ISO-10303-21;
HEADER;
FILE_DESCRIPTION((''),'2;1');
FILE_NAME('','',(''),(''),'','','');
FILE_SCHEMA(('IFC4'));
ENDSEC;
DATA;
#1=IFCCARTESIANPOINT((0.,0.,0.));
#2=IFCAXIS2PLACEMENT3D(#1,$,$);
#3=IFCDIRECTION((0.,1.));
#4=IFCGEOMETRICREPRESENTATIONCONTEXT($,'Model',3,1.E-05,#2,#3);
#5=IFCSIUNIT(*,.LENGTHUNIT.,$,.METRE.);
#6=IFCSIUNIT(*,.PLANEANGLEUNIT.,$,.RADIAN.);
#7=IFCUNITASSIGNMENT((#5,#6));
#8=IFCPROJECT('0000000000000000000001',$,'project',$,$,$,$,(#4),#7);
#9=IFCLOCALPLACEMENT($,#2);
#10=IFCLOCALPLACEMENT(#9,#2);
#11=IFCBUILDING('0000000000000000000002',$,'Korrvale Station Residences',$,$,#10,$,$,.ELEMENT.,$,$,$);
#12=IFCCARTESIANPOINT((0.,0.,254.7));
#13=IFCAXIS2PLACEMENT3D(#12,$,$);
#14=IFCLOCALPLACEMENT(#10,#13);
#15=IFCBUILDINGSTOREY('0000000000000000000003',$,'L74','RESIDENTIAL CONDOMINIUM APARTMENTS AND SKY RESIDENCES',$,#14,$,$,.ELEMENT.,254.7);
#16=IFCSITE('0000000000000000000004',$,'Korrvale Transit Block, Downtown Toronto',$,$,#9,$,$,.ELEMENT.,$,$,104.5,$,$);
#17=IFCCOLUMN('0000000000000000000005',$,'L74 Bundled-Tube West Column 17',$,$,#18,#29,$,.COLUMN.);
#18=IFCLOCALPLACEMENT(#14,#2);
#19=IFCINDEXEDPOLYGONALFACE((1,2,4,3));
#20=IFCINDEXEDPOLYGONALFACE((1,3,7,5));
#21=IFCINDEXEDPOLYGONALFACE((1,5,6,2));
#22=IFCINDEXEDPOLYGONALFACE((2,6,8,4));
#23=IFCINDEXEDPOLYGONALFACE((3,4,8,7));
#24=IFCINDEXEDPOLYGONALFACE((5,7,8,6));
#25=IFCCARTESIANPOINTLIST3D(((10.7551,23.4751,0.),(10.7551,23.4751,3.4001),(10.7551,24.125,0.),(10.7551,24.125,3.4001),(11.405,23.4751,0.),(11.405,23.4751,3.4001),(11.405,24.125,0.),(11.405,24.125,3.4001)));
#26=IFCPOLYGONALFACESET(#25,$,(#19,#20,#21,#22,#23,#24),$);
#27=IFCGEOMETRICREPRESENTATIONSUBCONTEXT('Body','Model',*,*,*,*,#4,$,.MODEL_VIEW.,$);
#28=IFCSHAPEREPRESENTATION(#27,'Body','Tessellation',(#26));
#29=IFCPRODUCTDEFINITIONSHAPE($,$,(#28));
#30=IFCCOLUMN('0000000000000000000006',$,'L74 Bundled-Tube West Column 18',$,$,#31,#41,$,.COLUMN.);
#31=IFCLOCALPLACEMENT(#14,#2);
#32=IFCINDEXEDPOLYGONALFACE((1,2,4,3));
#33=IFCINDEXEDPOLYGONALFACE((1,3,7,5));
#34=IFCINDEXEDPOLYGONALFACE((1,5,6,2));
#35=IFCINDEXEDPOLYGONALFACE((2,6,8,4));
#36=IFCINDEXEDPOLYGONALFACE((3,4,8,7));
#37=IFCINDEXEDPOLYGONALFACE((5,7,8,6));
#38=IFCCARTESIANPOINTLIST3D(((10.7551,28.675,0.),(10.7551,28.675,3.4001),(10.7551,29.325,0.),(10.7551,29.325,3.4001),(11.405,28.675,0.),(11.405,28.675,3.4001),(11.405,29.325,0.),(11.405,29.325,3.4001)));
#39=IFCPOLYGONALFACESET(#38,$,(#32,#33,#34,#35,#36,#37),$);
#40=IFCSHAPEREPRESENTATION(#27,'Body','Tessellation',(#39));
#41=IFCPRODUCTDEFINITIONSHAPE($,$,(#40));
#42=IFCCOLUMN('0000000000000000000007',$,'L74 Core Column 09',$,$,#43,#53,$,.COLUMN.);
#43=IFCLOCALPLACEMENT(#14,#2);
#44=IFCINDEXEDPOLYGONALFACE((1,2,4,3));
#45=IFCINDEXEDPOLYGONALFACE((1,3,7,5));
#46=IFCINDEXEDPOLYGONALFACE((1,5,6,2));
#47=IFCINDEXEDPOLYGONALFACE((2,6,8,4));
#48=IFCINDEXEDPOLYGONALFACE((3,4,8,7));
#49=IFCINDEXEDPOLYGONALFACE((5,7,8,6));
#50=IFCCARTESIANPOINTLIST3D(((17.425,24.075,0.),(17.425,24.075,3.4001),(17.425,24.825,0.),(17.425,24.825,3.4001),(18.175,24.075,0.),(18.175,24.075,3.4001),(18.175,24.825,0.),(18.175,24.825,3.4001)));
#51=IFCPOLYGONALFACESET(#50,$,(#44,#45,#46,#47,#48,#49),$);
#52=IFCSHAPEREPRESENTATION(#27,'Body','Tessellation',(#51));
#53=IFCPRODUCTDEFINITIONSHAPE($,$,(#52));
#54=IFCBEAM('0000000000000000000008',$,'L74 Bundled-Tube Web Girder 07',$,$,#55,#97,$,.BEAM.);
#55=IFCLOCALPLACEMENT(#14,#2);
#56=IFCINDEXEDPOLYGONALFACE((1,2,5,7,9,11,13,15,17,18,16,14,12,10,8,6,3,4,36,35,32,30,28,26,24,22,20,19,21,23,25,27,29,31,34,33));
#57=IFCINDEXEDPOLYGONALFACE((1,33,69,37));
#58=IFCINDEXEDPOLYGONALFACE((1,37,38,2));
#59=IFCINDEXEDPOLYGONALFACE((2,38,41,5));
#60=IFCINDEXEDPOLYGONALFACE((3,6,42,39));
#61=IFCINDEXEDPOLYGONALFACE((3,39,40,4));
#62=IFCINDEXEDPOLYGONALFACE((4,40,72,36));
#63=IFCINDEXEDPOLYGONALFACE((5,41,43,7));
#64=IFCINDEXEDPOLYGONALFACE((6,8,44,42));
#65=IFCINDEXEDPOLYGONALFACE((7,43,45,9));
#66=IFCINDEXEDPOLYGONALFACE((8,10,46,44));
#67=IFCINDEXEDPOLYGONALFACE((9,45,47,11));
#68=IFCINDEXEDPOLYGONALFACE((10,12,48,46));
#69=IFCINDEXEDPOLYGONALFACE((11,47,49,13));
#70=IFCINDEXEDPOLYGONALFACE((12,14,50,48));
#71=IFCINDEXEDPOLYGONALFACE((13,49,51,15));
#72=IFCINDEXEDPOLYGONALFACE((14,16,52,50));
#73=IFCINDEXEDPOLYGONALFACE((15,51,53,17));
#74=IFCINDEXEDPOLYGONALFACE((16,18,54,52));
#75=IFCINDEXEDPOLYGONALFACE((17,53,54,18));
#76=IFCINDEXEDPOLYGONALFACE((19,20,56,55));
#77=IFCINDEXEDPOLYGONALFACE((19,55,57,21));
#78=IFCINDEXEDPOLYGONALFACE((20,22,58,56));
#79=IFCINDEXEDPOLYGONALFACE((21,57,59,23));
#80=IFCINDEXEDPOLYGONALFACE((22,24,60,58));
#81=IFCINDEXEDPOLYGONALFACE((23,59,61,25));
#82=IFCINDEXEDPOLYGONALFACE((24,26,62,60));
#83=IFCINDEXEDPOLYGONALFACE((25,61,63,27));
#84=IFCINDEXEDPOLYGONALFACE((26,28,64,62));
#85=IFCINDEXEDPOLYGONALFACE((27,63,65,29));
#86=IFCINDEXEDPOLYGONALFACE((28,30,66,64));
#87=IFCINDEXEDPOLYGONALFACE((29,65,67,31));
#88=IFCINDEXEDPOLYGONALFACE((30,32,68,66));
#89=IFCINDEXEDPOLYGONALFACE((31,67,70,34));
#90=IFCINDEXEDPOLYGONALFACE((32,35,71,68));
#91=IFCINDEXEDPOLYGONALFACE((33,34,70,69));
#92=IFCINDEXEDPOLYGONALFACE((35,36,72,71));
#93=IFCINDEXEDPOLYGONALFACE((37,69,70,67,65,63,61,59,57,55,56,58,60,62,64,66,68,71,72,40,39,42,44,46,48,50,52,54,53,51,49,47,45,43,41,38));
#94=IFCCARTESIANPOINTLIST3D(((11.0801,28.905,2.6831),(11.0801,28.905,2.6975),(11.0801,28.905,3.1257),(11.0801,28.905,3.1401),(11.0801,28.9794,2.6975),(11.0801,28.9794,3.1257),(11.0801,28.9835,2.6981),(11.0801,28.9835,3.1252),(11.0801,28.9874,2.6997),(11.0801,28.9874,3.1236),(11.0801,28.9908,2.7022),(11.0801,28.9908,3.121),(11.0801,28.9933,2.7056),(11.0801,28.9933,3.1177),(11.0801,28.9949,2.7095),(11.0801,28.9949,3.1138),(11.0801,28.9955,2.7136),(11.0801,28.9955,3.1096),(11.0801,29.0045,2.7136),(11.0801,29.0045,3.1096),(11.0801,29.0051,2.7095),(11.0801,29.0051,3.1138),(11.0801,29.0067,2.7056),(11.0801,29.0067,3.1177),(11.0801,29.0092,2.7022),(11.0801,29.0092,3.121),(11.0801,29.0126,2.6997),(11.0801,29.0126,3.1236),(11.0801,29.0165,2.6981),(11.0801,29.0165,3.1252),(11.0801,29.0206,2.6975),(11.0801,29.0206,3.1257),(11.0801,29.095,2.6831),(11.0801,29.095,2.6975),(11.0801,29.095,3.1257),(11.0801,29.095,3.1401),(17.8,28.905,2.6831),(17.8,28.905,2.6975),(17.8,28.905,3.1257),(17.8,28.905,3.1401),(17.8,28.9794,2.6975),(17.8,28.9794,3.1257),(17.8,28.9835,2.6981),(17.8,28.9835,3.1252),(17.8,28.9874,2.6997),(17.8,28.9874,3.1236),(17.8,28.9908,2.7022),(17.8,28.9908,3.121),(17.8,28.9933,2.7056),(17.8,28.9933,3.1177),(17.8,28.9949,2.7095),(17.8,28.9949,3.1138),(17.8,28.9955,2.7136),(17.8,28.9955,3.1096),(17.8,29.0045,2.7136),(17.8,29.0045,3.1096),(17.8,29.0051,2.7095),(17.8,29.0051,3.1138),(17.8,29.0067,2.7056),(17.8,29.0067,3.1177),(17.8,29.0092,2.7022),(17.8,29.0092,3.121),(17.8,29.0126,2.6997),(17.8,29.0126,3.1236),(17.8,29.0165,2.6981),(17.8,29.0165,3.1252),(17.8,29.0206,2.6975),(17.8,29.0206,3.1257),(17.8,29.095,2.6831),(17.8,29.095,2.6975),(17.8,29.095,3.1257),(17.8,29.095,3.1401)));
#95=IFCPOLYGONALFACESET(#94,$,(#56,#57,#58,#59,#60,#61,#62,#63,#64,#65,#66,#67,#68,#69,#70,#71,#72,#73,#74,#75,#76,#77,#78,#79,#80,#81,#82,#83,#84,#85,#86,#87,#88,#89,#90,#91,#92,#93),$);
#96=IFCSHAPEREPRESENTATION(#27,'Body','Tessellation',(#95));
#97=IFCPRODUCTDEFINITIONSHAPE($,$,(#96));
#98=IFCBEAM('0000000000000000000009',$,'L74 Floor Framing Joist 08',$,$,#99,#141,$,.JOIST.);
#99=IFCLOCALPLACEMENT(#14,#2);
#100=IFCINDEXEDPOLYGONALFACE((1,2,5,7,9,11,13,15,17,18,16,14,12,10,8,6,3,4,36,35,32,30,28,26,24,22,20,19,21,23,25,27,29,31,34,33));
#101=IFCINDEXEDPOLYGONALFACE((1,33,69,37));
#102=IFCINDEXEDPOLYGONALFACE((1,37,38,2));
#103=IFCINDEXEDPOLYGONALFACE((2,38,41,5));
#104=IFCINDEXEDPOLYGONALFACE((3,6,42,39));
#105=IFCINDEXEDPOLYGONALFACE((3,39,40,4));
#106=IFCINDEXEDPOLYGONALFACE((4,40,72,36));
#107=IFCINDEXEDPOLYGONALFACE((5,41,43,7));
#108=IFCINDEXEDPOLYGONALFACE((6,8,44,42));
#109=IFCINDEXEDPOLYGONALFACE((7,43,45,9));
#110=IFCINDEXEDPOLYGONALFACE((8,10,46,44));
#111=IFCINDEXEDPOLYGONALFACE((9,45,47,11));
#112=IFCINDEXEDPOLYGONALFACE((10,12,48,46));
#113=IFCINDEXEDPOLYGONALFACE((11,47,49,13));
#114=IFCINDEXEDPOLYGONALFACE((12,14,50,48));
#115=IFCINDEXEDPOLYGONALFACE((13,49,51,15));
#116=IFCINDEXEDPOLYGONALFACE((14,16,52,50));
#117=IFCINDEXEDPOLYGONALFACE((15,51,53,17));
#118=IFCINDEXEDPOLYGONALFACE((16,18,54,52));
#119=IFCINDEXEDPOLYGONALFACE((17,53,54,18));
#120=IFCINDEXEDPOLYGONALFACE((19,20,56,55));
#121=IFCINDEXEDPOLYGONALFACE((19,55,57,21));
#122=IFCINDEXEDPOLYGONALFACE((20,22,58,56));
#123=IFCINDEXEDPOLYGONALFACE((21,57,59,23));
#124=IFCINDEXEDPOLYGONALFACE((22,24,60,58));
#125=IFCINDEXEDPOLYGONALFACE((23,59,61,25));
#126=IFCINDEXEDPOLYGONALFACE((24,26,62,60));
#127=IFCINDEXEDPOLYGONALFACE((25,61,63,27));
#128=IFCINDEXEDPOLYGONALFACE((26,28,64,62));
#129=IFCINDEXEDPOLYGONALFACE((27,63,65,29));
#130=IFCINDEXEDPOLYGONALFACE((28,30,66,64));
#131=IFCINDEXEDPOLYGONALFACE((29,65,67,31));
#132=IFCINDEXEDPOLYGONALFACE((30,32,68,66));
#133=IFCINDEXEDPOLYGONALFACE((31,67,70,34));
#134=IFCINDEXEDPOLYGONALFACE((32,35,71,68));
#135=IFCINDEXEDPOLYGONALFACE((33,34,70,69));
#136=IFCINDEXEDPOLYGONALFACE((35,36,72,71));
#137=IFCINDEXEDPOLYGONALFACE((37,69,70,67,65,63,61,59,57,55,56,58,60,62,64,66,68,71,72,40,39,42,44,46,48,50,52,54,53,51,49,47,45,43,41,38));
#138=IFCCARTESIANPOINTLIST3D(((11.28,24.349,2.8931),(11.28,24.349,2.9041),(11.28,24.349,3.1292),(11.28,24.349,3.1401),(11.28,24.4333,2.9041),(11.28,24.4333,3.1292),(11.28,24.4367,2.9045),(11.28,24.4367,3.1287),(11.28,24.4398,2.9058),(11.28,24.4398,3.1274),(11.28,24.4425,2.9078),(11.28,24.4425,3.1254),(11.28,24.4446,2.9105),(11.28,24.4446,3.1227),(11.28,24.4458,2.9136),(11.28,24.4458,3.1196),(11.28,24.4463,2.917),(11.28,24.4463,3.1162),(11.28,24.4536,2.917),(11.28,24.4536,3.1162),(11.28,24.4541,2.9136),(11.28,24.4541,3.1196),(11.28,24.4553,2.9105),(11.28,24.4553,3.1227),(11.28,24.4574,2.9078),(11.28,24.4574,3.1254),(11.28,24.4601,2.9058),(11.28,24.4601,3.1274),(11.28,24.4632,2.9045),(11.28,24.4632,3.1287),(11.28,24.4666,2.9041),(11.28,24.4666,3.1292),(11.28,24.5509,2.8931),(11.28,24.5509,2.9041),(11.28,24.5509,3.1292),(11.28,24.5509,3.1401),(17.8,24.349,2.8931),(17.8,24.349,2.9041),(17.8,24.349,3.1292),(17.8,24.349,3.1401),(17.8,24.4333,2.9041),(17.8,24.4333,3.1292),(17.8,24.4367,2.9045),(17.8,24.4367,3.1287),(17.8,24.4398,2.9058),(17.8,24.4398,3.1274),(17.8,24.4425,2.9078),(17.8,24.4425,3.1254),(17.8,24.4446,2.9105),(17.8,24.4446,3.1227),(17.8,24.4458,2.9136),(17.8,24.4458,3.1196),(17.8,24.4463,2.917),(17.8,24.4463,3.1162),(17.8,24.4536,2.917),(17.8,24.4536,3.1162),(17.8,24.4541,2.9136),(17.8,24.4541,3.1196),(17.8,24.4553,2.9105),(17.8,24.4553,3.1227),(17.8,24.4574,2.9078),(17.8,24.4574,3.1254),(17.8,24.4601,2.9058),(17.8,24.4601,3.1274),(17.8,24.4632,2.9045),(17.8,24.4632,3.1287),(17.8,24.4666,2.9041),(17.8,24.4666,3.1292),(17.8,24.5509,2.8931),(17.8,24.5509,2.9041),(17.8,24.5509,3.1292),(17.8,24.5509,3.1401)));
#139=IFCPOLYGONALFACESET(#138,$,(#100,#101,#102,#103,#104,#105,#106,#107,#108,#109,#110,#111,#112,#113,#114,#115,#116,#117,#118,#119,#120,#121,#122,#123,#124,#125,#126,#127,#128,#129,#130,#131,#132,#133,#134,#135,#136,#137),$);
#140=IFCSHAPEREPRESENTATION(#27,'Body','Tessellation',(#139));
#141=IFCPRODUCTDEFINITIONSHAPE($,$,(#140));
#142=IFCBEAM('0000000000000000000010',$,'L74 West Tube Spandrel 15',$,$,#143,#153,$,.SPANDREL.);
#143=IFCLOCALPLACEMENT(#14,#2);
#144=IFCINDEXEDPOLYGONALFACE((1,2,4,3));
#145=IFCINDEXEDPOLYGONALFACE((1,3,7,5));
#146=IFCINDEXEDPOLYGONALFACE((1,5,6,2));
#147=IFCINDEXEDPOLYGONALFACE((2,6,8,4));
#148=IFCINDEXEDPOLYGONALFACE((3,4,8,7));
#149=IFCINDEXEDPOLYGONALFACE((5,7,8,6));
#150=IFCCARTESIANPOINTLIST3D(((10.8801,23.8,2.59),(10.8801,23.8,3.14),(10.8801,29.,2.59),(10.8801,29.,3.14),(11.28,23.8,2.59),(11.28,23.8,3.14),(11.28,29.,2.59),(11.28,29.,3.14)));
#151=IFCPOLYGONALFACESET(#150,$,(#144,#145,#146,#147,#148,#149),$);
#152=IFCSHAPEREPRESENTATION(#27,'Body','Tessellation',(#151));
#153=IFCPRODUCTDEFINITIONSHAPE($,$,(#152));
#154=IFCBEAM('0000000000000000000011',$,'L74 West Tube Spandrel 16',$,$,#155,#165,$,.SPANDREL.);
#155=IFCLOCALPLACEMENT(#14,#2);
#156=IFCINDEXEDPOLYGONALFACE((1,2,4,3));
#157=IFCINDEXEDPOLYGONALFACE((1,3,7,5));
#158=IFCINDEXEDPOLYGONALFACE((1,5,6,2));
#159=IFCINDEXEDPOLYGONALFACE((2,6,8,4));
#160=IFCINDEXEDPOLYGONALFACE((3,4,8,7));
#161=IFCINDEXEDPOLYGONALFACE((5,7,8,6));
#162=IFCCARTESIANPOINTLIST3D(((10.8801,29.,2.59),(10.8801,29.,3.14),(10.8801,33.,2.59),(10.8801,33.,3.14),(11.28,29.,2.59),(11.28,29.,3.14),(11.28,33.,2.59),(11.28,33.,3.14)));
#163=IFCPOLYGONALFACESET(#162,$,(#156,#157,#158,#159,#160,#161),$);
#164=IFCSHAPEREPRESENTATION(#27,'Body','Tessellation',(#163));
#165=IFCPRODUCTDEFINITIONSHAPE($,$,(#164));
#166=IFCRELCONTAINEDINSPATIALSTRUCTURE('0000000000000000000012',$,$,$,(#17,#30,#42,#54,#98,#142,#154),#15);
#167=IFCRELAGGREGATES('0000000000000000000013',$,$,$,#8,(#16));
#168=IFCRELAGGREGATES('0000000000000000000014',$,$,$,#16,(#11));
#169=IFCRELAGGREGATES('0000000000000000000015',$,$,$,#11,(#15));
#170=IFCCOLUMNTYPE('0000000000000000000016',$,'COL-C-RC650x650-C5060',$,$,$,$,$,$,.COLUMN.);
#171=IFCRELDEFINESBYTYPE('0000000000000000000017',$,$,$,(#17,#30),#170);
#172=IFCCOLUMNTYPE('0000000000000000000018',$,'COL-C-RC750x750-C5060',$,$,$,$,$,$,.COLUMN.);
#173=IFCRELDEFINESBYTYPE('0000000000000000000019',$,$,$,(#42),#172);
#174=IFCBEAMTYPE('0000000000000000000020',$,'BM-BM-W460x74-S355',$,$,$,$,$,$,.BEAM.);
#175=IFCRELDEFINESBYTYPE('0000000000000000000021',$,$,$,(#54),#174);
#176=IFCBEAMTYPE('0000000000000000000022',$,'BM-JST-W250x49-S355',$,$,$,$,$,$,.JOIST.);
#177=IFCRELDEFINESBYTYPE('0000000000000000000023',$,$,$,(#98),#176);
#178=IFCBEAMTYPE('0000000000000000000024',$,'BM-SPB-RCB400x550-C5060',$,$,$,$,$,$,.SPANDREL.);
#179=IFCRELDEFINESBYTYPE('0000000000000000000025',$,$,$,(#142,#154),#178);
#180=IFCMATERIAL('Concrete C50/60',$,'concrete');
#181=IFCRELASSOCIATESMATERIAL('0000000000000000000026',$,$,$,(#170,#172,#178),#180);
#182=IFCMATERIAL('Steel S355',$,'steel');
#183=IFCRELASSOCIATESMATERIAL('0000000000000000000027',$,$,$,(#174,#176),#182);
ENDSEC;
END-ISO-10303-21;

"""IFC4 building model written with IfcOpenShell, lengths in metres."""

from ifc_helpers import new_model, si_unit, direction, frame, origin, origin_2d, place, context, subcontext, project, spatial, rectangle, i_section, extrude, material, material_profile, profile_set, type_object, element, save


model = new_model("IFC4")

# Units and contexts
model_context = context("Model", 3, precision=1e-05, world=origin(), true_north=direction((0.0, 1.0)))
body_context = subcontext(model_context, "Body", "Model", "MODEL_VIEW")
ifc_project = project(units=[si_unit("LENGTHUNIT", "METRE"), si_unit("PLANEANGLEUNIT", "RADIAN")], contexts=[model_context])

# Site, building, storey
site_placement = place(None, origin())
site = spatial("IfcSite", under=ifc_project, at=site_placement, Name="Korrvale Transit Block, Downtown Toronto", CompositionType="ELEMENT", RefElevation=104.5)
building_placement = place(site_placement, origin())
building = spatial("IfcBuilding", under=site, at=building_placement, Name="Korrvale Station Residences", CompositionType="ELEMENT")
storey_placement = place(building_placement, frame((0.0, 0.0, 254.7)))
storey = spatial("IfcBuildingStorey", under=building, at=storey_placement, Name="L74", Description="RESIDENTIAL CONDOMINIUM APARTMENTS AND SKY RESIDENCES", CompositionType="ELEMENT", Elevation=254.7)

# Columns
ifc_material_1 = material(Name="Concrete C50/60", Category="concrete")
ifc_material_profile_1 = material_profile(ifc_material_1, rectangle(XDim=0.6499, YDim=0.6499, at=origin_2d()), Name="RC650x650")
ifc_profile_set_1 = profile_set([ifc_material_profile_1], Name="Concrete C50/60")
column_type_1 = type_object("IfcColumnType", Name="COL-C-RC650x650-C5060", PredefinedType="COLUMN", material=ifc_profile_set_1)
for number, where, z_axis, x_axis, name in (
    (1, (11.0801, 23.8, 0.0), (0.0, 0.0, 1.0), (1.0, 0.0, 0.0), "L74 Bundled-Tube West Column 17"),
    (2, (11.0801, 29.0, 0.0), (0.0, 0.0, 1.0), (1.0, 0.0, 0.0), "L74 Bundled-Tube West Column 18"),
):
    element("IfcColumn", number, at=place(storey_placement, frame(where, z_axis=z_axis, x_axis=x_axis)), inside=storey, type_object=column_type_1, Name=name, PredefinedType="COLUMN", context=body_context, shape_type="SweptSolid", body=[
        extrude(rectangle(XDim=0.6499, YDim=0.6499, at=origin_2d()), origin(), (0.0, 0.0, 1.0), 3.4001),
    ])
ifc_material_profile_2 = material_profile(ifc_material_1, rectangle(XDim=0.75, YDim=0.75, at=origin_2d()), Name="RC750x750")
ifc_profile_set_2 = profile_set([ifc_material_profile_2], Name="Concrete C50/60")
column_type_2 = type_object("IfcColumnType", Name="COL-C-RC750x750-C5060", PredefinedType="COLUMN", material=ifc_profile_set_2)
column_placement = place(storey_placement, frame((17.8, 24.45, 0.0), z_axis=(0.0, 0.0, 1.0), x_axis=(1.0, 0.0, 0.0)))
element("IfcColumn", 3, at=column_placement, inside=storey, type_object=column_type_2, Name="L74 Core Column 09", PredefinedType="COLUMN", context=body_context, shape_type="SweptSolid", body=[
    extrude(rectangle(XDim=0.75, YDim=0.75, at=origin_2d()), origin(), (0.0, 0.0, 1.0), 3.4001),
])

# Beams
ifc_material_2 = material(Name="Steel S355", Category="steel")
ifc_material_profile_3 = material_profile(ifc_material_2, i_section(OverallWidth=0.1899, OverallDepth=0.457, WebThickness=0.009, FlangeThickness=0.0144, FilletRadius=0.0161, at=origin_2d()), Name="W460x74")
ifc_profile_set_3 = profile_set([ifc_material_profile_3], Name="Steel S355")
beam_type_1 = type_object("IfcBeamType", Name="BM-BM-W460x74-S355", PredefinedType="BEAM", material=ifc_profile_set_3)
beam_1_placement = place(storey_placement, frame((11.0801, 29.0, 2.9116), z_axis=(1.0, 0.0, 0.0), x_axis=(0.0, 1.0, 0.0)))
element("IfcBeam", 4, at=beam_1_placement, inside=storey, type_object=beam_type_1, Name="L74 Bundled-Tube Web Girder 07", PredefinedType="BEAM", context=body_context, shape_type="SweptSolid", body=[
    extrude(i_section(OverallWidth=0.1899, OverallDepth=0.457, WebThickness=0.009, FlangeThickness=0.0144, FilletRadius=0.0161, at=origin_2d()), origin(), (0.0, 0.0, 1.0), 6.72),
])
ifc_material_profile_4 = material_profile(ifc_material_2, i_section(OverallWidth=0.2019, OverallDepth=0.2471, WebThickness=0.0073, FlangeThickness=0.011, FilletRadius=0.0129, at=origin_2d()), Name="W250x49")
ifc_profile_set_4 = profile_set([ifc_material_profile_4], Name="Steel S355")
beam_type_2 = type_object("IfcBeamType", Name="BM-JST-W250x49-S355", PredefinedType="JOIST", material=ifc_profile_set_4)
beam_2_placement = place(storey_placement, frame((11.28, 24.45, 3.0166), z_axis=(1.0, 0.0, 0.0), x_axis=(0.0, 1.0, 0.0)))
element("IfcBeam", 5, at=beam_2_placement, inside=storey, type_object=beam_type_2, Name="L74 Floor Framing Joist 08", PredefinedType="JOIST", context=body_context, shape_type="SweptSolid", body=[
    extrude(i_section(OverallWidth=0.2019, OverallDepth=0.2471, WebThickness=0.0073, FlangeThickness=0.011, FilletRadius=0.0129, at=origin_2d()), origin(), (0.0, 0.0, 1.0), 6.52),
])
ifc_material_profile_5 = material_profile(ifc_material_1, rectangle(XDim=0.3999, YDim=0.55, at=origin_2d()), Name="RCB400x550")
ifc_profile_set_5 = profile_set([ifc_material_profile_5], Name="Concrete C50/60")
beam_type_3 = type_object("IfcBeamType", Name="BM-SPB-RCB400x550-C5060", PredefinedType="SPANDREL", material=ifc_profile_set_5)
beam_3_placement = place(storey_placement, frame((11.0801, 23.8, 2.865), z_axis=(0.0, 1.0, 0.0), x_axis=(-1.0, 0.0, 0.0)))
element("IfcBeam", 6, at=beam_3_placement, inside=storey, type_object=beam_type_3, Name="L74 West Tube Spandrel 15", PredefinedType="SPANDREL", context=body_context, shape_type="SweptSolid", body=[
    extrude(rectangle(XDim=0.3999, YDim=0.55, at=origin_2d()), origin(), (0.0, 0.0, 1.0), 5.2),
])
beam_4_placement = place(storey_placement, frame((11.0801, 29.0, 2.865), z_axis=(0.0, 1.0, 0.0), x_axis=(-1.0, 0.0, 0.0)))
element("IfcBeam", 7, at=beam_4_placement, inside=storey, type_object=beam_type_3, Name="L74 West Tube Spandrel 16", PredefinedType="SPANDREL", context=body_context, shape_type="SweptSolid", body=[
    extrude(rectangle(XDim=0.3999, YDim=0.55, at=origin_2d()), origin(), (0.0, 0.0, 1.0), 4.0),
])

save(model, "model.ifc")
